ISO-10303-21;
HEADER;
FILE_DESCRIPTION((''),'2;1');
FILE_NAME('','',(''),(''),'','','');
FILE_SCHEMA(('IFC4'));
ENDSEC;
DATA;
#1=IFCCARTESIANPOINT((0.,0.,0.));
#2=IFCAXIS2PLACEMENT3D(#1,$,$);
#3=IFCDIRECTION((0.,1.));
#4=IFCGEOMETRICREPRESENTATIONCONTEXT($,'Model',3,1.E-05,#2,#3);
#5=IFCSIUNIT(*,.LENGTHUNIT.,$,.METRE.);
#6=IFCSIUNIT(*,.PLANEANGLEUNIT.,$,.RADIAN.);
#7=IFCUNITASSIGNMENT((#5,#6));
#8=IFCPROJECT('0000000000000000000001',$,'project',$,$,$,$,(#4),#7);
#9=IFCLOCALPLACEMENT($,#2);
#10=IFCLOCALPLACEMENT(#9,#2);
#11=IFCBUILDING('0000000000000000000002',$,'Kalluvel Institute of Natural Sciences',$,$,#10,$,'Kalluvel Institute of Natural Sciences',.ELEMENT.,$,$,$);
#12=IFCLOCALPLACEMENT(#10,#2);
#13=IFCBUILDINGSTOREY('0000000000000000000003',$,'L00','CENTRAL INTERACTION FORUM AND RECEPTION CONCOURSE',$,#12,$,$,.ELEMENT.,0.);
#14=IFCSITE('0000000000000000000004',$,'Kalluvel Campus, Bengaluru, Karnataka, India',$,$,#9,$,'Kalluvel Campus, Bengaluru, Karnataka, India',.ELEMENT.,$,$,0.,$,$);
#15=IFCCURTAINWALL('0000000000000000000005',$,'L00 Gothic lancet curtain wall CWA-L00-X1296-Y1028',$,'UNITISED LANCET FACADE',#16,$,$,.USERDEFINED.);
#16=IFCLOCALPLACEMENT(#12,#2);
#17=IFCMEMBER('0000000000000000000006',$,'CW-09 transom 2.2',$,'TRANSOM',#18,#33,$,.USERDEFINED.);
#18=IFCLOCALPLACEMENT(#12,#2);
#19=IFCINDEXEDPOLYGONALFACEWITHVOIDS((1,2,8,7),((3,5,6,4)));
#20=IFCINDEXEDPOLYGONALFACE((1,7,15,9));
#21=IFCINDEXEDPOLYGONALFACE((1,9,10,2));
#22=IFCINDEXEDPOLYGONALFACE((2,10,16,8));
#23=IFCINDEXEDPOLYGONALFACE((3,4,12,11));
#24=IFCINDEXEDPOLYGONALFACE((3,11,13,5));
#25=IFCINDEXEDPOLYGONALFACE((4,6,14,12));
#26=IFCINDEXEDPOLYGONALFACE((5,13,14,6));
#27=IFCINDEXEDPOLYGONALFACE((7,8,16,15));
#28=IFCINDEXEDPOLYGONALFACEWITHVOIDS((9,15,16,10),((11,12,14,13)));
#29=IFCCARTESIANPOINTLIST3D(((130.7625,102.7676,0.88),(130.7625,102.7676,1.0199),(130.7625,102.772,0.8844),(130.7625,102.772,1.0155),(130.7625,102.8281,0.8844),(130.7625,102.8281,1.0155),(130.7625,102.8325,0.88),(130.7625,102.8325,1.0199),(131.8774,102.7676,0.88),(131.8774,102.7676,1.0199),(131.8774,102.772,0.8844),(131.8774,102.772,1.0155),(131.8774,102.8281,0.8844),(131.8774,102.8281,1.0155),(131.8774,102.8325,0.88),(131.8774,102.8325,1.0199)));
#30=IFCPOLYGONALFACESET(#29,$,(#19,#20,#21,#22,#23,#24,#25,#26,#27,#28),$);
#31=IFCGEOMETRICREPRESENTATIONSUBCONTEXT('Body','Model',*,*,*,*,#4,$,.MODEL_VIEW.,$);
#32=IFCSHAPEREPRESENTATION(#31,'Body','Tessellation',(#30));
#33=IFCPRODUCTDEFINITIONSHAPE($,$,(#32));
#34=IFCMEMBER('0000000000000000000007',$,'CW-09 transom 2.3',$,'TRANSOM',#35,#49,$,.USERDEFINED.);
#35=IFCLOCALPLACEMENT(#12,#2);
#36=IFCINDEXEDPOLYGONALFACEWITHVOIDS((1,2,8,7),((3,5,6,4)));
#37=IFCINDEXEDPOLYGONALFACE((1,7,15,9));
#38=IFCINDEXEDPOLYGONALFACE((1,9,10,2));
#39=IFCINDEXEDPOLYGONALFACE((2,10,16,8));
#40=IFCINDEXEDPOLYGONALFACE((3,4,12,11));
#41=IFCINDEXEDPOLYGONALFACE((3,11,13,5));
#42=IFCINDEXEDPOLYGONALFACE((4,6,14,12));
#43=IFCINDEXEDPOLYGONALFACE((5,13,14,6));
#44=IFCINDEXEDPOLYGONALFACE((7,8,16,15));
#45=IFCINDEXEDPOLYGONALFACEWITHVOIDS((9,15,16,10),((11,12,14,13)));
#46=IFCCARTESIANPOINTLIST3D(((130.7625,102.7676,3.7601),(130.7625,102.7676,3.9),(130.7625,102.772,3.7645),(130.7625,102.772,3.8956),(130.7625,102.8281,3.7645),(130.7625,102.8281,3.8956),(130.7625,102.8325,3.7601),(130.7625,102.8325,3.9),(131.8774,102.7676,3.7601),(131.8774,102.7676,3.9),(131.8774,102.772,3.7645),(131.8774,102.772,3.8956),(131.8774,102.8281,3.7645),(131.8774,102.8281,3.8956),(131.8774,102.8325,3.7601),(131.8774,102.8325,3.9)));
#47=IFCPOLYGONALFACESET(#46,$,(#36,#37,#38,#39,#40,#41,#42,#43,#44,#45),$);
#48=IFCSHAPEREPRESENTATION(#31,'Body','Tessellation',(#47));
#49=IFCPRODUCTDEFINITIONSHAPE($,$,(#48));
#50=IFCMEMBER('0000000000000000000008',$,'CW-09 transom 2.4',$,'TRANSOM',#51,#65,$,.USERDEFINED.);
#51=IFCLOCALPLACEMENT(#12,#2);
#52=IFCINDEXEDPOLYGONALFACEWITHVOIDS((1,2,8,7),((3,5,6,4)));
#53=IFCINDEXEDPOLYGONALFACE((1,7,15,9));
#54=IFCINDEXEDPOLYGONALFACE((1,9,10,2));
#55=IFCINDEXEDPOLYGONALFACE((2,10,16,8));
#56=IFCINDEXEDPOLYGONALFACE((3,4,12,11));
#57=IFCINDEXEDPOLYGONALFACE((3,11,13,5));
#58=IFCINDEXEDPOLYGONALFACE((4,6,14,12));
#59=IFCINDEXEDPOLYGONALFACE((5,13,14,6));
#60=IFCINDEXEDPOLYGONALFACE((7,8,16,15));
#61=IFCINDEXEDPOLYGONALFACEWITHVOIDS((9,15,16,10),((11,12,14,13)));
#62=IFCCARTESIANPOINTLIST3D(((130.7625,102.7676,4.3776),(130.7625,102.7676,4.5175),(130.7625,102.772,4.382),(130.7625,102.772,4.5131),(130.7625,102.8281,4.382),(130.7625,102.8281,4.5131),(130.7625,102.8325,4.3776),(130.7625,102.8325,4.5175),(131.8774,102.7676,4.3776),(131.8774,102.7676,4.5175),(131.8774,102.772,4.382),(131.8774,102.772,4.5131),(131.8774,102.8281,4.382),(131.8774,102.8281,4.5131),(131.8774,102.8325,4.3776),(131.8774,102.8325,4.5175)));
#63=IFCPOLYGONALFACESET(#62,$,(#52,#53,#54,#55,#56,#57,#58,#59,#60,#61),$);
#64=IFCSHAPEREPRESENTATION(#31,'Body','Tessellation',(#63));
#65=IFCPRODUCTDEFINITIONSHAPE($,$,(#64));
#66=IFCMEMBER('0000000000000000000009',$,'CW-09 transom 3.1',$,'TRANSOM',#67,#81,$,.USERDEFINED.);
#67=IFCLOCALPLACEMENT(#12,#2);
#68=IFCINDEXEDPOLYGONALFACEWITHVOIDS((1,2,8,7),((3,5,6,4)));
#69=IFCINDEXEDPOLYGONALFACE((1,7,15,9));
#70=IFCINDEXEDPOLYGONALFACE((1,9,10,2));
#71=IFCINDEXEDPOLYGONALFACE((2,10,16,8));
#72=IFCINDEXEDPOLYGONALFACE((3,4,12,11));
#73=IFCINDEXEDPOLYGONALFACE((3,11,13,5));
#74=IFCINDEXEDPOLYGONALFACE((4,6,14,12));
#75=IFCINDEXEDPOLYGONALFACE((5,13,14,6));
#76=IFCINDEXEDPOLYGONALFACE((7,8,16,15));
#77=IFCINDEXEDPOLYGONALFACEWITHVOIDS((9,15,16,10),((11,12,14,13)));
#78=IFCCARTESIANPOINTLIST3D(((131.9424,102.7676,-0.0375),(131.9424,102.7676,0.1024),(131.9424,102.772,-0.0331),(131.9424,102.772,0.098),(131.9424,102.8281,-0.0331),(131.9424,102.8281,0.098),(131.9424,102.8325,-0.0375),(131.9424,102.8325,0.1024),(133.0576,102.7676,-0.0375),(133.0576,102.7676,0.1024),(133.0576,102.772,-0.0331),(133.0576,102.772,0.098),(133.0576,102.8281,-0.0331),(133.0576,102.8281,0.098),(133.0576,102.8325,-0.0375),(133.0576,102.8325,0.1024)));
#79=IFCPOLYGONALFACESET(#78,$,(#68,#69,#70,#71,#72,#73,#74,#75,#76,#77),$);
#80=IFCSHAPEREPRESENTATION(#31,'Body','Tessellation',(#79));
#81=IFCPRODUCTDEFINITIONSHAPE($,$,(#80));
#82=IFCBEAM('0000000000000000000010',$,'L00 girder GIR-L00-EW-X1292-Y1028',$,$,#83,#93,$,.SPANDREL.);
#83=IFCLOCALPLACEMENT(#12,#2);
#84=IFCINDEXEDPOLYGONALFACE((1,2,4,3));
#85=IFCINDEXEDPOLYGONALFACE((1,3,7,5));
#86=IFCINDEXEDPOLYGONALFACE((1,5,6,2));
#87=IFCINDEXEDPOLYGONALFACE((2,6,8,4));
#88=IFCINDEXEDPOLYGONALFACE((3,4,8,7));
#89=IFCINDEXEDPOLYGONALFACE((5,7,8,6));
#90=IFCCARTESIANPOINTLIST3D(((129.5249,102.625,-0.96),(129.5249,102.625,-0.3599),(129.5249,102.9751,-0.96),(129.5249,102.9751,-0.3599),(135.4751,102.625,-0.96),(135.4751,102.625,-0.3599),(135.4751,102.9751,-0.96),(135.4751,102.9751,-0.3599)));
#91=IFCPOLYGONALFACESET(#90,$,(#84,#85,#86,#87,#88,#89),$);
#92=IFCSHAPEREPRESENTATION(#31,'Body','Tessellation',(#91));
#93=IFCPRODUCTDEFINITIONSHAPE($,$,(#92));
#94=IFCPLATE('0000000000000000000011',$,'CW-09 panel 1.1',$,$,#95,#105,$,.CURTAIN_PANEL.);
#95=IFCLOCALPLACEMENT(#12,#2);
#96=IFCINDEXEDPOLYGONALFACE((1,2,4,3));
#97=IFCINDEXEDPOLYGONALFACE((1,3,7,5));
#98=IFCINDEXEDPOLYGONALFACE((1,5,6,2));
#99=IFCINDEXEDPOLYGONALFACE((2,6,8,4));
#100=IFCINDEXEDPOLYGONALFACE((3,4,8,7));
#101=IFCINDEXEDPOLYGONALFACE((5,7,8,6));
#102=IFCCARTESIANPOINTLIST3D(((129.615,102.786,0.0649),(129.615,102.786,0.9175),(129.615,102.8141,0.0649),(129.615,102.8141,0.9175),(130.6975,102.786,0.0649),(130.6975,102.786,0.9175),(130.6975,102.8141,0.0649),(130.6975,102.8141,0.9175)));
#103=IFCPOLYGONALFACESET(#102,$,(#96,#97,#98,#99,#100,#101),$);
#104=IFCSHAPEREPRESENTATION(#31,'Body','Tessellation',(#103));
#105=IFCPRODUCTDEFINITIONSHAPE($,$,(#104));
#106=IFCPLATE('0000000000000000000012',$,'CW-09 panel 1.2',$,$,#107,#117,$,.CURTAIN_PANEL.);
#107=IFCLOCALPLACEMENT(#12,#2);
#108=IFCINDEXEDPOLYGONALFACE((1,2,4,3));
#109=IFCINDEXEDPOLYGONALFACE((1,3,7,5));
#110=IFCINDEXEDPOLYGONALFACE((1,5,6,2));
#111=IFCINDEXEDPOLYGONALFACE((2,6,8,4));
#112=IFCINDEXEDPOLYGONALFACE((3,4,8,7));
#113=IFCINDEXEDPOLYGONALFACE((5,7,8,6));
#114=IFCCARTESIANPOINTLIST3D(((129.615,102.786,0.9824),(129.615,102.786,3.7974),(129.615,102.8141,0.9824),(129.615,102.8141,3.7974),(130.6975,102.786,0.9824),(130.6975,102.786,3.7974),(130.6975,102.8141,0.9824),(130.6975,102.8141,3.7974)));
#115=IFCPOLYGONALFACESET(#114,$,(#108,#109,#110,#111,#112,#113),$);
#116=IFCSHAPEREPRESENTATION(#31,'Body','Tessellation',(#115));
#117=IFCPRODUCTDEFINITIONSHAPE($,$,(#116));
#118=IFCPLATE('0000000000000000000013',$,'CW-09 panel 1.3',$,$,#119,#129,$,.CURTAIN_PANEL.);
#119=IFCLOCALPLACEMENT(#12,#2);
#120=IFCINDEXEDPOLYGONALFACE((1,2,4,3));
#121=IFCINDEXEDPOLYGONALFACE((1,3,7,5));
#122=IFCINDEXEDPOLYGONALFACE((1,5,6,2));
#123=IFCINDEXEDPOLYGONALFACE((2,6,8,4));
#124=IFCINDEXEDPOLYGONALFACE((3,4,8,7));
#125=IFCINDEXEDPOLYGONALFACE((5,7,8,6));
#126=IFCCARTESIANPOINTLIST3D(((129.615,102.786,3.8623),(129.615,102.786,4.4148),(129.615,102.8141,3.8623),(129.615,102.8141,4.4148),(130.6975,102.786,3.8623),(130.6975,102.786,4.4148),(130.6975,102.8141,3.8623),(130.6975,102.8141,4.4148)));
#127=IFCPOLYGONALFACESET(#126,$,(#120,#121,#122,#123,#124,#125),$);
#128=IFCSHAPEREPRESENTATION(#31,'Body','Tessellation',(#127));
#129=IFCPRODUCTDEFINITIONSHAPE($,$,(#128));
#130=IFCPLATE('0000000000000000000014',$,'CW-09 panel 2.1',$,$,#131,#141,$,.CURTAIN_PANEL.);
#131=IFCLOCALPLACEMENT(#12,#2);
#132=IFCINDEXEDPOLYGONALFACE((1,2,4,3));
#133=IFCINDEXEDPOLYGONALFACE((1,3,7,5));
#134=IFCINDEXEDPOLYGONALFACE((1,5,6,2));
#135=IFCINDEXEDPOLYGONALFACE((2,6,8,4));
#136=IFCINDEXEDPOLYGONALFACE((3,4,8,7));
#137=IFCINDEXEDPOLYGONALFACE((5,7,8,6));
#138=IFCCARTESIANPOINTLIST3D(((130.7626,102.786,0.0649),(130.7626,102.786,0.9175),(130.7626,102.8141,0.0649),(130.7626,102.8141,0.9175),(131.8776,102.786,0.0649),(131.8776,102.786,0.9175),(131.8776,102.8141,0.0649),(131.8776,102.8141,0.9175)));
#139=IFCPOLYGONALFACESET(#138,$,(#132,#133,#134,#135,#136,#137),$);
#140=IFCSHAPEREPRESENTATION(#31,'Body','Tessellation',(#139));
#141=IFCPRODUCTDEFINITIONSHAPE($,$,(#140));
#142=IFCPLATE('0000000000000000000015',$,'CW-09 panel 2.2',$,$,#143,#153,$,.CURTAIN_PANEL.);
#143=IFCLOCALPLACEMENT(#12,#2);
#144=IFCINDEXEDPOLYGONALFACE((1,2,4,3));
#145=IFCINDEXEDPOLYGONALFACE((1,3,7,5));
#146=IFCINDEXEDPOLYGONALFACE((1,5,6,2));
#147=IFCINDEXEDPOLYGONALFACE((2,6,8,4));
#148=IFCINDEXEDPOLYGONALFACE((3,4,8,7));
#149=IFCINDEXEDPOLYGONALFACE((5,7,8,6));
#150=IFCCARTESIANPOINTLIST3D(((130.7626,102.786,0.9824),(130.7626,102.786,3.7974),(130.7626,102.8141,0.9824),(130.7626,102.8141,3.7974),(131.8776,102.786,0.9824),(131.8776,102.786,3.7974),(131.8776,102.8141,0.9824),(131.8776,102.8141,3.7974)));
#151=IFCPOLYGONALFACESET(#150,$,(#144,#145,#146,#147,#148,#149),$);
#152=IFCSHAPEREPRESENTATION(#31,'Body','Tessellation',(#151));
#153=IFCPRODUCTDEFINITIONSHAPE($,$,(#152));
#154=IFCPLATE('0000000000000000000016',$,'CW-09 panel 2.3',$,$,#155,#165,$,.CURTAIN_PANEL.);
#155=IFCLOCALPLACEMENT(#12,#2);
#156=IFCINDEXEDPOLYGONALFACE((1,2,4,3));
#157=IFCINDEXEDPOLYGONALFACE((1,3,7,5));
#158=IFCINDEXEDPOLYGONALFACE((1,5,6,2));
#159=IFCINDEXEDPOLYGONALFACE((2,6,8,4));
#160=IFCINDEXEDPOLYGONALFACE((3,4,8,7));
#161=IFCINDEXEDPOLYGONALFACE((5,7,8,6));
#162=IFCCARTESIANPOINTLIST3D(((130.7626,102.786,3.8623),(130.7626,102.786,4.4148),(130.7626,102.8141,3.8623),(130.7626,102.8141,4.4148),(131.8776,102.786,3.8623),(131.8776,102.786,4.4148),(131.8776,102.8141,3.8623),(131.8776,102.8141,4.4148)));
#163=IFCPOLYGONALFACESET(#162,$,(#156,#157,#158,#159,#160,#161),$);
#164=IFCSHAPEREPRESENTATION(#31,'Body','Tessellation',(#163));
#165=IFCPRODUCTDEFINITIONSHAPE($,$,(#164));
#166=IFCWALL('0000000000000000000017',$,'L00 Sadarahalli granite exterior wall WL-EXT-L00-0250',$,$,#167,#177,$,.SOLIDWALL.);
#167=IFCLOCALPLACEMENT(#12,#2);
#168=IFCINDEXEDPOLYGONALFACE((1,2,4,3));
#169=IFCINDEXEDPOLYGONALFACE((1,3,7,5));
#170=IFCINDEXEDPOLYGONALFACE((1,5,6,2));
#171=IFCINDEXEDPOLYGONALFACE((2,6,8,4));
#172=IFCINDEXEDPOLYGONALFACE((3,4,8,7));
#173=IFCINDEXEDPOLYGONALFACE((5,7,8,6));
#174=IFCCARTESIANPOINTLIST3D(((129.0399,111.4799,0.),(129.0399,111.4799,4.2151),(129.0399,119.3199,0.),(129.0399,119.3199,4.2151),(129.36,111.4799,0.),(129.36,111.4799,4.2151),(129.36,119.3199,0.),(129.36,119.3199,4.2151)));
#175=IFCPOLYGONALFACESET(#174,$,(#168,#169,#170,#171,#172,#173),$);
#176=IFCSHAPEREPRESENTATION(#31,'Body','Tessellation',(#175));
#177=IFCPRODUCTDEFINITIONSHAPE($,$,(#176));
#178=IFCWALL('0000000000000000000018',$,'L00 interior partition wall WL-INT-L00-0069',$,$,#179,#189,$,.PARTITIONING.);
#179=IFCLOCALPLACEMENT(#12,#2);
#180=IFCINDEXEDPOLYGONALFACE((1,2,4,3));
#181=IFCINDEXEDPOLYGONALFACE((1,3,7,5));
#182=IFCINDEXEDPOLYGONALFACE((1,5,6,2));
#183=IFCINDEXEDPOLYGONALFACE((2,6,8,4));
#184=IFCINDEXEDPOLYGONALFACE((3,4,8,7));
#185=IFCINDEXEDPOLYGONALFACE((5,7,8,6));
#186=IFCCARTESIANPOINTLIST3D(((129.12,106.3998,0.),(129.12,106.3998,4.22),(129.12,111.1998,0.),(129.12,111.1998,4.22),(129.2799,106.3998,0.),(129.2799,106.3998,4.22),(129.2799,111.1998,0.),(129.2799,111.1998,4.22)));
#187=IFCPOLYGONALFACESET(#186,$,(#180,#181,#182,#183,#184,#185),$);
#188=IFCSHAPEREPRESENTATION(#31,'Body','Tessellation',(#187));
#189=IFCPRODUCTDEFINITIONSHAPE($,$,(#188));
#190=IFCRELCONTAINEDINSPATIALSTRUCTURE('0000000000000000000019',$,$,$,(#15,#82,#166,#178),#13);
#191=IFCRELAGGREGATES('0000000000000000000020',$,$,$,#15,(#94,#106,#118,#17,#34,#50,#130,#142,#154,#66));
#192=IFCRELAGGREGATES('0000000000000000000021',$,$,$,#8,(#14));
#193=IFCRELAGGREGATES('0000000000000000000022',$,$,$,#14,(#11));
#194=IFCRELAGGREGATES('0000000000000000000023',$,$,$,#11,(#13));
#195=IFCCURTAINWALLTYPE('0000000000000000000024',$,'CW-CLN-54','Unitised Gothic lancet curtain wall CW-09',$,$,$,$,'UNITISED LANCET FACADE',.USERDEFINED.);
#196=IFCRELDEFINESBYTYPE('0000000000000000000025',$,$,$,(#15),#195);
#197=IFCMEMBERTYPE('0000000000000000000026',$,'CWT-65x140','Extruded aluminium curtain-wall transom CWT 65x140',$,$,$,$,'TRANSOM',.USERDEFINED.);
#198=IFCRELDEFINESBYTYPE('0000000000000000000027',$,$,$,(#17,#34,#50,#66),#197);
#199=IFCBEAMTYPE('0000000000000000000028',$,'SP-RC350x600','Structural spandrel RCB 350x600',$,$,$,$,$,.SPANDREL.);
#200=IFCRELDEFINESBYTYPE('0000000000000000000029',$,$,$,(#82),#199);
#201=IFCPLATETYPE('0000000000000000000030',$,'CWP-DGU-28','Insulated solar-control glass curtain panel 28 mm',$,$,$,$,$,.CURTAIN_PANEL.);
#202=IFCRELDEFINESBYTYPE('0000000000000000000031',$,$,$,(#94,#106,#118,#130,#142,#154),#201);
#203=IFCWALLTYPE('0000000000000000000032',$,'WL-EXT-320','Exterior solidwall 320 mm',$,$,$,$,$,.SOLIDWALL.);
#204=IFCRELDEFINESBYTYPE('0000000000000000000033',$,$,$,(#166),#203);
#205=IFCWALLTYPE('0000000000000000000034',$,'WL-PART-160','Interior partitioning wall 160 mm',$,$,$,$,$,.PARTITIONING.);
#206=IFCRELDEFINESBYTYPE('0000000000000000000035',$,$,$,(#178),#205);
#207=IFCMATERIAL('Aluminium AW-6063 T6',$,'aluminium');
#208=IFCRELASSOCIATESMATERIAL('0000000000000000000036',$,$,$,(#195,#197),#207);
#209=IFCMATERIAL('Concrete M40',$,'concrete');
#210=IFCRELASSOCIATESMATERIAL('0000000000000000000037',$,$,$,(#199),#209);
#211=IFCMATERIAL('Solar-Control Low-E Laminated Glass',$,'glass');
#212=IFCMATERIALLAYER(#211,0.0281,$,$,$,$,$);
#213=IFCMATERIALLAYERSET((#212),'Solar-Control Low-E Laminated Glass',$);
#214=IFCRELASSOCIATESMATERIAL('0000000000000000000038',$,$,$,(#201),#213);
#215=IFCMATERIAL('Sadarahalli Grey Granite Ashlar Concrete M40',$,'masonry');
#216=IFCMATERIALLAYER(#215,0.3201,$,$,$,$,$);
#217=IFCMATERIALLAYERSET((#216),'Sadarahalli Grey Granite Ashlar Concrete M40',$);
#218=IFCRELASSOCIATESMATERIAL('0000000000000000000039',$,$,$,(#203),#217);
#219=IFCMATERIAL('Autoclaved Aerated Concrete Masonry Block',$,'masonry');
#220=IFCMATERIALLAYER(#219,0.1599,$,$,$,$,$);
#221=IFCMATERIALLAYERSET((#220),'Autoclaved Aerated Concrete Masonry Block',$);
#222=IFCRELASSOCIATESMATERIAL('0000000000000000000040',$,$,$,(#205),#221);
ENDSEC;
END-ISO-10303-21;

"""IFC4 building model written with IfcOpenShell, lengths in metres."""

from ifc_helpers import new_model, si_unit, direction, frame, frame_2d, origin, origin_2d, place, context, subcontext, project, spatial, rectangle, hollow_rectangle, extrude, material, layer, layer_set, material_profile, profile_set, type_object, element, aggregate, save


model = new_model("IFC4")

# Units and contexts
model_context = context("Model", 3, precision=1e-05, world=origin(), true_north=direction((0.0, 1.0)))
body_context = subcontext(model_context, "Body", "Model", "MODEL_VIEW")
ifc_project = project(units=[si_unit("LENGTHUNIT", "METRE"), si_unit("PLANEANGLEUNIT", "RADIAN")], contexts=[model_context])

# Site, building, storey
site_placement = place(None, origin())
site = spatial("IfcSite", under=ifc_project, at=site_placement, Name="Kalluvel Campus, Bengaluru, Karnataka, India", LongName="Kalluvel Campus, Bengaluru, Karnataka, India", CompositionType="ELEMENT", RefElevation=0.0)
building_placement = place(site_placement, origin())
building = spatial("IfcBuilding", under=site, at=building_placement, Name="Kalluvel Institute of Natural Sciences", LongName="Kalluvel Institute of Natural Sciences", CompositionType="ELEMENT")
storey_placement = place(building_placement, origin())
storey = spatial("IfcBuildingStorey", under=building, at=storey_placement, Name="L00", Description="CENTRAL INTERACTION FORUM AND RECEPTION CONCOURSE", CompositionType="ELEMENT", Elevation=0.0)

# Shared definitions
ifc_material_1 = material(Name="Concrete M40", Category="concrete")

# Curtain wall, members
ifc_material_2 = material(Name="Aluminium AW-6063 T6", Category="aluminium")
curtain_wall_type = type_object("IfcCurtainWallType", Name="CW-CLN-54", Description="Unitised Gothic lancet curtain wall CW-09", ElementType="UNITISED LANCET FACADE", PredefinedType="USERDEFINED", material=ifc_material_2)
curtain_wall_placement = place(storey_placement, origin())
curtain_wall = element("IfcCurtainWall", 1, at=curtain_wall_placement, inside=storey, type_object=curtain_wall_type, Name="L00 Gothic lancet curtain wall CWA-L00-X1296-Y1028", ObjectType="UNITISED LANCET FACADE", PredefinedType="USERDEFINED")
ifc_material_profile_1 = material_profile(ifc_material_2, hollow_rectangle(XDim=0.0649, YDim=0.1399, WallThickness=0.0044, at=origin_2d()), Name="CWT 65x140")
ifc_profile_set_1 = profile_set([ifc_material_profile_1], Name="Aluminium AW-6063 T6")
member_type_1 = type_object("IfcMemberType", Name="CWT-65x140", Description="Extruded aluminium curtain-wall transom CWT 65x140", ElementType="TRANSOM", PredefinedType="USERDEFINED", material=ifc_profile_set_1)
member_1_placement = place(storey_placement, frame((130.7625, 102.8, 0.95), z_axis=(1.0, 0.0, 0.0), x_axis=(0.0, 1.0, 0.0)))
member_1 = element("IfcMember", 2, at=member_1_placement, type_object=member_type_1, Name="CW-09 transom 2.2", ObjectType="TRANSOM", PredefinedType="USERDEFINED", context=body_context, shape_type="SweptSolid", body=[
    extrude(hollow_rectangle(XDim=0.0649, YDim=0.1399, WallThickness=0.0044, at=origin_2d()), origin(), (0.0, 0.0, 1.0), 1.115),
])
member_2_placement = place(storey_placement, frame((130.7625, 102.8, 3.8301), z_axis=(1.0, 0.0, 0.0), x_axis=(0.0, 1.0, 0.0)))
member_2 = element("IfcMember", 3, at=member_2_placement, type_object=member_type_1, Name="CW-09 transom 2.3", ObjectType="TRANSOM", PredefinedType="USERDEFINED", context=body_context, shape_type="SweptSolid", body=[
    extrude(hollow_rectangle(XDim=0.0649, YDim=0.1399, WallThickness=0.0044, at=origin_2d()), origin(), (0.0, 0.0, 1.0), 1.115),
])
member_3_placement = place(storey_placement, frame((130.7625, 102.8, 4.4475), z_axis=(1.0, 0.0, 0.0), x_axis=(0.0, 1.0, 0.0)))
member_3 = element("IfcMember", 4, at=member_3_placement, type_object=member_type_1, Name="CW-09 transom 2.4", ObjectType="TRANSOM", PredefinedType="USERDEFINED", context=body_context, shape_type="SweptSolid", body=[
    extrude(hollow_rectangle(XDim=0.0649, YDim=0.1399, WallThickness=0.0044, at=origin_2d()), origin(), (0.0, 0.0, 1.0), 1.115),
])
member_4_placement = place(storey_placement, frame((131.9424, 102.8, 0.0325), z_axis=(1.0, 0.0, 0.0), x_axis=(0.0, 1.0, 0.0)))
member_4 = element("IfcMember", 5, at=member_4_placement, type_object=member_type_1, Name="CW-09 transom 3.1", ObjectType="TRANSOM", PredefinedType="USERDEFINED", context=body_context, shape_type="SweptSolid", body=[
    extrude(hollow_rectangle(XDim=0.0649, YDim=0.1399, WallThickness=0.0044, at=origin_2d()), origin(), (0.0, 0.0, 1.0), 1.1152),
])

# Beam
ifc_material_profile_2 = material_profile(ifc_material_1, rectangle(XDim=0.3501, YDim=0.6001, at=origin_2d()), Name="RCB 350x600")
ifc_profile_set_2 = profile_set([ifc_material_profile_2], Name="Concrete M40")
beam_type_1 = type_object("IfcBeamType", Name="SP-RC350x600", Description="Structural spandrel RCB 350x600", PredefinedType="SPANDREL", material=ifc_profile_set_2)
beam_1_placement = place(storey_placement, frame((129.5249, 102.8, -0.6599), z_axis=(1.0, 0.0, 0.0), x_axis=(0.0, 1.0, 0.0)))
element("IfcBeam", 6, at=beam_1_placement, inside=storey, type_object=beam_type_1, Name="L00 girder GIR-L00-EW-X1292-Y1028", PredefinedType="SPANDREL", context=body_context, shape_type="SweptSolid", body=[
    extrude(rectangle(XDim=0.3501, YDim=0.6001, at=origin_2d()), origin(), (0.0, 0.0, 1.0), 5.9502),
])

# Plates
ifc_material_3 = material(Name="Solar-Control Low-E Laminated Glass", Category="glass")
ifc_layer_1 = layer(ifc_material_3, 0.0281)
ifc_layer_set_1 = layer_set([ifc_layer_1], Name="Solar-Control Low-E Laminated Glass")
plate_type = type_object("IfcPlateType", Name="CWP-DGU-28", Description="Insulated solar-control glass curtain panel 28 mm", PredefinedType="CURTAIN_PANEL", material=ifc_layer_set_1)
plate_1_placement = place(storey_placement, frame((130.1562, 102.8, 0.0649), z_axis=(0.0, 0.0, 1.0), x_axis=(1.0, 0.0, 0.0)))
plate_1 = element("IfcPlate", 7, at=plate_1_placement, type_object=plate_type, Name="CW-09 panel 1.1", PredefinedType="CURTAIN_PANEL", context=body_context, shape_type="SweptSolid", body=[
    extrude(rectangle(XDim=1.0825, YDim=0.0281, at=origin_2d()), origin(), (0.0, 0.0, 1.0), 0.8525),
])
plate_2_placement = place(storey_placement, frame((130.1562, 102.8, 0.9824), z_axis=(0.0, 0.0, 1.0), x_axis=(1.0, 0.0, 0.0)))
plate_2 = element("IfcPlate", 8, at=plate_2_placement, type_object=plate_type, Name="CW-09 panel 1.2", PredefinedType="CURTAIN_PANEL", context=body_context, shape_type="SweptSolid", body=[
    extrude(rectangle(XDim=1.0825, YDim=0.0281, at=origin_2d()), origin(), (0.0, 0.0, 1.0), 2.8149),
])
plate_3_placement = place(storey_placement, frame((130.1562, 102.8, 3.8623), z_axis=(0.0, 0.0, 1.0), x_axis=(1.0, 0.0, 0.0)))
plate_3 = element("IfcPlate", 9, at=plate_3_placement, type_object=plate_type, Name="CW-09 panel 1.3", PredefinedType="CURTAIN_PANEL", context=body_context, shape_type="SweptSolid", body=[
    extrude(rectangle(XDim=1.0825, YDim=0.0281, at=origin_2d()), origin(), (0.0, 0.0, 1.0), 0.5525),
])
plate_4_placement = place(storey_placement, frame((131.3201, 102.8, 0.0649), z_axis=(0.0, 0.0, 1.0), x_axis=(1.0, 0.0, 0.0)))
plate_4 = element("IfcPlate", 10, at=plate_4_placement, type_object=plate_type, Name="CW-09 panel 2.1", PredefinedType="CURTAIN_PANEL", context=body_context, shape_type="SweptSolid", body=[
    extrude(rectangle(XDim=1.115, YDim=0.0281, at=origin_2d()), origin(), (0.0, 0.0, 1.0), 0.8525),
])
plate_5_placement = place(storey_placement, frame((131.3201, 102.8, 0.9824), z_axis=(0.0, 0.0, 1.0), x_axis=(1.0, 0.0, 0.0)))
plate_5 = element("IfcPlate", 11, at=plate_5_placement, type_object=plate_type, Name="CW-09 panel 2.2", PredefinedType="CURTAIN_PANEL", context=body_context, shape_type="SweptSolid", body=[
    extrude(rectangle(XDim=1.115, YDim=0.0281, at=origin_2d()), origin(), (0.0, 0.0, 1.0), 2.8149),
])
plate_6_placement = place(storey_placement, frame((131.3201, 102.8, 3.8623), z_axis=(0.0, 0.0, 1.0), x_axis=(1.0, 0.0, 0.0)))
plate_6 = element("IfcPlate", 12, at=plate_6_placement, type_object=plate_type, Name="CW-09 panel 2.3", PredefinedType="CURTAIN_PANEL", context=body_context, shape_type="SweptSolid", body=[
    extrude(rectangle(XDim=1.115, YDim=0.0281, at=origin_2d()), origin(), (0.0, 0.0, 1.0), 0.5525),
])
aggregate(curtain_wall, [plate_1, plate_2, plate_3, member_1, member_2, member_3, plate_4, plate_5, plate_6, member_4])

# Walls
ifc_material_4 = material(Name="Sadarahalli Grey Granite Ashlar Concrete M40", Category="masonry")
ifc_layer_2 = layer(ifc_material_4, 0.3201)
ifc_layer_set_2 = layer_set([ifc_layer_2], Name="Sadarahalli Grey Granite Ashlar Concrete M40")
wall_type_1 = type_object("IfcWallType", Name="WL-EXT-320", Description="Exterior solidwall 320 mm", PredefinedType="SOLIDWALL", material=ifc_layer_set_2)
wall_1_placement = place(storey_placement, frame((129.2, 111.48, 0.0), z_axis=(0.0, 0.0, 1.0), x_axis=(0.0, 1.0, 0.0)))
element("IfcWall", 13, at=wall_1_placement, inside=storey, type_object=wall_type_1, Name="L00 Sadarahalli granite exterior wall WL-EXT-L00-0250", PredefinedType="SOLIDWALL", context=body_context, shape_type="SweptSolid", body=[
    extrude(rectangle(XDim=7.8401, YDim=0.3201, at=frame_2d((3.9199, 0.0))), origin(), (0.0, 0.0, 1.0), 4.2151),
])
ifc_material_5 = material(Name="Autoclaved Aerated Concrete Masonry Block", Category="masonry")
ifc_layer_3 = layer(ifc_material_5, 0.1599)
ifc_layer_set_3 = layer_set([ifc_layer_3], Name="Autoclaved Aerated Concrete Masonry Block")
wall_type_2 = type_object("IfcWallType", Name="WL-PART-160", Description="Interior partitioning wall 160 mm", PredefinedType="PARTITIONING", material=ifc_layer_set_3)
wall_2_placement = place(storey_placement, frame((129.2, 106.3999, 0.0), z_axis=(0.0, 0.0, 1.0), x_axis=(0.0, 1.0, 0.0)))
element("IfcWall", 14, at=wall_2_placement, inside=storey, type_object=wall_type_2, Name="L00 interior partition wall WL-INT-L00-0069", PredefinedType="PARTITIONING", context=body_context, shape_type="SweptSolid", body=[
    extrude(rectangle(XDim=4.8, YDim=0.1599, at=frame_2d((2.3999, 0.0))), origin(), (0.0, 0.0, 1.0), 4.22),
])

save(model, "model.ifc")
